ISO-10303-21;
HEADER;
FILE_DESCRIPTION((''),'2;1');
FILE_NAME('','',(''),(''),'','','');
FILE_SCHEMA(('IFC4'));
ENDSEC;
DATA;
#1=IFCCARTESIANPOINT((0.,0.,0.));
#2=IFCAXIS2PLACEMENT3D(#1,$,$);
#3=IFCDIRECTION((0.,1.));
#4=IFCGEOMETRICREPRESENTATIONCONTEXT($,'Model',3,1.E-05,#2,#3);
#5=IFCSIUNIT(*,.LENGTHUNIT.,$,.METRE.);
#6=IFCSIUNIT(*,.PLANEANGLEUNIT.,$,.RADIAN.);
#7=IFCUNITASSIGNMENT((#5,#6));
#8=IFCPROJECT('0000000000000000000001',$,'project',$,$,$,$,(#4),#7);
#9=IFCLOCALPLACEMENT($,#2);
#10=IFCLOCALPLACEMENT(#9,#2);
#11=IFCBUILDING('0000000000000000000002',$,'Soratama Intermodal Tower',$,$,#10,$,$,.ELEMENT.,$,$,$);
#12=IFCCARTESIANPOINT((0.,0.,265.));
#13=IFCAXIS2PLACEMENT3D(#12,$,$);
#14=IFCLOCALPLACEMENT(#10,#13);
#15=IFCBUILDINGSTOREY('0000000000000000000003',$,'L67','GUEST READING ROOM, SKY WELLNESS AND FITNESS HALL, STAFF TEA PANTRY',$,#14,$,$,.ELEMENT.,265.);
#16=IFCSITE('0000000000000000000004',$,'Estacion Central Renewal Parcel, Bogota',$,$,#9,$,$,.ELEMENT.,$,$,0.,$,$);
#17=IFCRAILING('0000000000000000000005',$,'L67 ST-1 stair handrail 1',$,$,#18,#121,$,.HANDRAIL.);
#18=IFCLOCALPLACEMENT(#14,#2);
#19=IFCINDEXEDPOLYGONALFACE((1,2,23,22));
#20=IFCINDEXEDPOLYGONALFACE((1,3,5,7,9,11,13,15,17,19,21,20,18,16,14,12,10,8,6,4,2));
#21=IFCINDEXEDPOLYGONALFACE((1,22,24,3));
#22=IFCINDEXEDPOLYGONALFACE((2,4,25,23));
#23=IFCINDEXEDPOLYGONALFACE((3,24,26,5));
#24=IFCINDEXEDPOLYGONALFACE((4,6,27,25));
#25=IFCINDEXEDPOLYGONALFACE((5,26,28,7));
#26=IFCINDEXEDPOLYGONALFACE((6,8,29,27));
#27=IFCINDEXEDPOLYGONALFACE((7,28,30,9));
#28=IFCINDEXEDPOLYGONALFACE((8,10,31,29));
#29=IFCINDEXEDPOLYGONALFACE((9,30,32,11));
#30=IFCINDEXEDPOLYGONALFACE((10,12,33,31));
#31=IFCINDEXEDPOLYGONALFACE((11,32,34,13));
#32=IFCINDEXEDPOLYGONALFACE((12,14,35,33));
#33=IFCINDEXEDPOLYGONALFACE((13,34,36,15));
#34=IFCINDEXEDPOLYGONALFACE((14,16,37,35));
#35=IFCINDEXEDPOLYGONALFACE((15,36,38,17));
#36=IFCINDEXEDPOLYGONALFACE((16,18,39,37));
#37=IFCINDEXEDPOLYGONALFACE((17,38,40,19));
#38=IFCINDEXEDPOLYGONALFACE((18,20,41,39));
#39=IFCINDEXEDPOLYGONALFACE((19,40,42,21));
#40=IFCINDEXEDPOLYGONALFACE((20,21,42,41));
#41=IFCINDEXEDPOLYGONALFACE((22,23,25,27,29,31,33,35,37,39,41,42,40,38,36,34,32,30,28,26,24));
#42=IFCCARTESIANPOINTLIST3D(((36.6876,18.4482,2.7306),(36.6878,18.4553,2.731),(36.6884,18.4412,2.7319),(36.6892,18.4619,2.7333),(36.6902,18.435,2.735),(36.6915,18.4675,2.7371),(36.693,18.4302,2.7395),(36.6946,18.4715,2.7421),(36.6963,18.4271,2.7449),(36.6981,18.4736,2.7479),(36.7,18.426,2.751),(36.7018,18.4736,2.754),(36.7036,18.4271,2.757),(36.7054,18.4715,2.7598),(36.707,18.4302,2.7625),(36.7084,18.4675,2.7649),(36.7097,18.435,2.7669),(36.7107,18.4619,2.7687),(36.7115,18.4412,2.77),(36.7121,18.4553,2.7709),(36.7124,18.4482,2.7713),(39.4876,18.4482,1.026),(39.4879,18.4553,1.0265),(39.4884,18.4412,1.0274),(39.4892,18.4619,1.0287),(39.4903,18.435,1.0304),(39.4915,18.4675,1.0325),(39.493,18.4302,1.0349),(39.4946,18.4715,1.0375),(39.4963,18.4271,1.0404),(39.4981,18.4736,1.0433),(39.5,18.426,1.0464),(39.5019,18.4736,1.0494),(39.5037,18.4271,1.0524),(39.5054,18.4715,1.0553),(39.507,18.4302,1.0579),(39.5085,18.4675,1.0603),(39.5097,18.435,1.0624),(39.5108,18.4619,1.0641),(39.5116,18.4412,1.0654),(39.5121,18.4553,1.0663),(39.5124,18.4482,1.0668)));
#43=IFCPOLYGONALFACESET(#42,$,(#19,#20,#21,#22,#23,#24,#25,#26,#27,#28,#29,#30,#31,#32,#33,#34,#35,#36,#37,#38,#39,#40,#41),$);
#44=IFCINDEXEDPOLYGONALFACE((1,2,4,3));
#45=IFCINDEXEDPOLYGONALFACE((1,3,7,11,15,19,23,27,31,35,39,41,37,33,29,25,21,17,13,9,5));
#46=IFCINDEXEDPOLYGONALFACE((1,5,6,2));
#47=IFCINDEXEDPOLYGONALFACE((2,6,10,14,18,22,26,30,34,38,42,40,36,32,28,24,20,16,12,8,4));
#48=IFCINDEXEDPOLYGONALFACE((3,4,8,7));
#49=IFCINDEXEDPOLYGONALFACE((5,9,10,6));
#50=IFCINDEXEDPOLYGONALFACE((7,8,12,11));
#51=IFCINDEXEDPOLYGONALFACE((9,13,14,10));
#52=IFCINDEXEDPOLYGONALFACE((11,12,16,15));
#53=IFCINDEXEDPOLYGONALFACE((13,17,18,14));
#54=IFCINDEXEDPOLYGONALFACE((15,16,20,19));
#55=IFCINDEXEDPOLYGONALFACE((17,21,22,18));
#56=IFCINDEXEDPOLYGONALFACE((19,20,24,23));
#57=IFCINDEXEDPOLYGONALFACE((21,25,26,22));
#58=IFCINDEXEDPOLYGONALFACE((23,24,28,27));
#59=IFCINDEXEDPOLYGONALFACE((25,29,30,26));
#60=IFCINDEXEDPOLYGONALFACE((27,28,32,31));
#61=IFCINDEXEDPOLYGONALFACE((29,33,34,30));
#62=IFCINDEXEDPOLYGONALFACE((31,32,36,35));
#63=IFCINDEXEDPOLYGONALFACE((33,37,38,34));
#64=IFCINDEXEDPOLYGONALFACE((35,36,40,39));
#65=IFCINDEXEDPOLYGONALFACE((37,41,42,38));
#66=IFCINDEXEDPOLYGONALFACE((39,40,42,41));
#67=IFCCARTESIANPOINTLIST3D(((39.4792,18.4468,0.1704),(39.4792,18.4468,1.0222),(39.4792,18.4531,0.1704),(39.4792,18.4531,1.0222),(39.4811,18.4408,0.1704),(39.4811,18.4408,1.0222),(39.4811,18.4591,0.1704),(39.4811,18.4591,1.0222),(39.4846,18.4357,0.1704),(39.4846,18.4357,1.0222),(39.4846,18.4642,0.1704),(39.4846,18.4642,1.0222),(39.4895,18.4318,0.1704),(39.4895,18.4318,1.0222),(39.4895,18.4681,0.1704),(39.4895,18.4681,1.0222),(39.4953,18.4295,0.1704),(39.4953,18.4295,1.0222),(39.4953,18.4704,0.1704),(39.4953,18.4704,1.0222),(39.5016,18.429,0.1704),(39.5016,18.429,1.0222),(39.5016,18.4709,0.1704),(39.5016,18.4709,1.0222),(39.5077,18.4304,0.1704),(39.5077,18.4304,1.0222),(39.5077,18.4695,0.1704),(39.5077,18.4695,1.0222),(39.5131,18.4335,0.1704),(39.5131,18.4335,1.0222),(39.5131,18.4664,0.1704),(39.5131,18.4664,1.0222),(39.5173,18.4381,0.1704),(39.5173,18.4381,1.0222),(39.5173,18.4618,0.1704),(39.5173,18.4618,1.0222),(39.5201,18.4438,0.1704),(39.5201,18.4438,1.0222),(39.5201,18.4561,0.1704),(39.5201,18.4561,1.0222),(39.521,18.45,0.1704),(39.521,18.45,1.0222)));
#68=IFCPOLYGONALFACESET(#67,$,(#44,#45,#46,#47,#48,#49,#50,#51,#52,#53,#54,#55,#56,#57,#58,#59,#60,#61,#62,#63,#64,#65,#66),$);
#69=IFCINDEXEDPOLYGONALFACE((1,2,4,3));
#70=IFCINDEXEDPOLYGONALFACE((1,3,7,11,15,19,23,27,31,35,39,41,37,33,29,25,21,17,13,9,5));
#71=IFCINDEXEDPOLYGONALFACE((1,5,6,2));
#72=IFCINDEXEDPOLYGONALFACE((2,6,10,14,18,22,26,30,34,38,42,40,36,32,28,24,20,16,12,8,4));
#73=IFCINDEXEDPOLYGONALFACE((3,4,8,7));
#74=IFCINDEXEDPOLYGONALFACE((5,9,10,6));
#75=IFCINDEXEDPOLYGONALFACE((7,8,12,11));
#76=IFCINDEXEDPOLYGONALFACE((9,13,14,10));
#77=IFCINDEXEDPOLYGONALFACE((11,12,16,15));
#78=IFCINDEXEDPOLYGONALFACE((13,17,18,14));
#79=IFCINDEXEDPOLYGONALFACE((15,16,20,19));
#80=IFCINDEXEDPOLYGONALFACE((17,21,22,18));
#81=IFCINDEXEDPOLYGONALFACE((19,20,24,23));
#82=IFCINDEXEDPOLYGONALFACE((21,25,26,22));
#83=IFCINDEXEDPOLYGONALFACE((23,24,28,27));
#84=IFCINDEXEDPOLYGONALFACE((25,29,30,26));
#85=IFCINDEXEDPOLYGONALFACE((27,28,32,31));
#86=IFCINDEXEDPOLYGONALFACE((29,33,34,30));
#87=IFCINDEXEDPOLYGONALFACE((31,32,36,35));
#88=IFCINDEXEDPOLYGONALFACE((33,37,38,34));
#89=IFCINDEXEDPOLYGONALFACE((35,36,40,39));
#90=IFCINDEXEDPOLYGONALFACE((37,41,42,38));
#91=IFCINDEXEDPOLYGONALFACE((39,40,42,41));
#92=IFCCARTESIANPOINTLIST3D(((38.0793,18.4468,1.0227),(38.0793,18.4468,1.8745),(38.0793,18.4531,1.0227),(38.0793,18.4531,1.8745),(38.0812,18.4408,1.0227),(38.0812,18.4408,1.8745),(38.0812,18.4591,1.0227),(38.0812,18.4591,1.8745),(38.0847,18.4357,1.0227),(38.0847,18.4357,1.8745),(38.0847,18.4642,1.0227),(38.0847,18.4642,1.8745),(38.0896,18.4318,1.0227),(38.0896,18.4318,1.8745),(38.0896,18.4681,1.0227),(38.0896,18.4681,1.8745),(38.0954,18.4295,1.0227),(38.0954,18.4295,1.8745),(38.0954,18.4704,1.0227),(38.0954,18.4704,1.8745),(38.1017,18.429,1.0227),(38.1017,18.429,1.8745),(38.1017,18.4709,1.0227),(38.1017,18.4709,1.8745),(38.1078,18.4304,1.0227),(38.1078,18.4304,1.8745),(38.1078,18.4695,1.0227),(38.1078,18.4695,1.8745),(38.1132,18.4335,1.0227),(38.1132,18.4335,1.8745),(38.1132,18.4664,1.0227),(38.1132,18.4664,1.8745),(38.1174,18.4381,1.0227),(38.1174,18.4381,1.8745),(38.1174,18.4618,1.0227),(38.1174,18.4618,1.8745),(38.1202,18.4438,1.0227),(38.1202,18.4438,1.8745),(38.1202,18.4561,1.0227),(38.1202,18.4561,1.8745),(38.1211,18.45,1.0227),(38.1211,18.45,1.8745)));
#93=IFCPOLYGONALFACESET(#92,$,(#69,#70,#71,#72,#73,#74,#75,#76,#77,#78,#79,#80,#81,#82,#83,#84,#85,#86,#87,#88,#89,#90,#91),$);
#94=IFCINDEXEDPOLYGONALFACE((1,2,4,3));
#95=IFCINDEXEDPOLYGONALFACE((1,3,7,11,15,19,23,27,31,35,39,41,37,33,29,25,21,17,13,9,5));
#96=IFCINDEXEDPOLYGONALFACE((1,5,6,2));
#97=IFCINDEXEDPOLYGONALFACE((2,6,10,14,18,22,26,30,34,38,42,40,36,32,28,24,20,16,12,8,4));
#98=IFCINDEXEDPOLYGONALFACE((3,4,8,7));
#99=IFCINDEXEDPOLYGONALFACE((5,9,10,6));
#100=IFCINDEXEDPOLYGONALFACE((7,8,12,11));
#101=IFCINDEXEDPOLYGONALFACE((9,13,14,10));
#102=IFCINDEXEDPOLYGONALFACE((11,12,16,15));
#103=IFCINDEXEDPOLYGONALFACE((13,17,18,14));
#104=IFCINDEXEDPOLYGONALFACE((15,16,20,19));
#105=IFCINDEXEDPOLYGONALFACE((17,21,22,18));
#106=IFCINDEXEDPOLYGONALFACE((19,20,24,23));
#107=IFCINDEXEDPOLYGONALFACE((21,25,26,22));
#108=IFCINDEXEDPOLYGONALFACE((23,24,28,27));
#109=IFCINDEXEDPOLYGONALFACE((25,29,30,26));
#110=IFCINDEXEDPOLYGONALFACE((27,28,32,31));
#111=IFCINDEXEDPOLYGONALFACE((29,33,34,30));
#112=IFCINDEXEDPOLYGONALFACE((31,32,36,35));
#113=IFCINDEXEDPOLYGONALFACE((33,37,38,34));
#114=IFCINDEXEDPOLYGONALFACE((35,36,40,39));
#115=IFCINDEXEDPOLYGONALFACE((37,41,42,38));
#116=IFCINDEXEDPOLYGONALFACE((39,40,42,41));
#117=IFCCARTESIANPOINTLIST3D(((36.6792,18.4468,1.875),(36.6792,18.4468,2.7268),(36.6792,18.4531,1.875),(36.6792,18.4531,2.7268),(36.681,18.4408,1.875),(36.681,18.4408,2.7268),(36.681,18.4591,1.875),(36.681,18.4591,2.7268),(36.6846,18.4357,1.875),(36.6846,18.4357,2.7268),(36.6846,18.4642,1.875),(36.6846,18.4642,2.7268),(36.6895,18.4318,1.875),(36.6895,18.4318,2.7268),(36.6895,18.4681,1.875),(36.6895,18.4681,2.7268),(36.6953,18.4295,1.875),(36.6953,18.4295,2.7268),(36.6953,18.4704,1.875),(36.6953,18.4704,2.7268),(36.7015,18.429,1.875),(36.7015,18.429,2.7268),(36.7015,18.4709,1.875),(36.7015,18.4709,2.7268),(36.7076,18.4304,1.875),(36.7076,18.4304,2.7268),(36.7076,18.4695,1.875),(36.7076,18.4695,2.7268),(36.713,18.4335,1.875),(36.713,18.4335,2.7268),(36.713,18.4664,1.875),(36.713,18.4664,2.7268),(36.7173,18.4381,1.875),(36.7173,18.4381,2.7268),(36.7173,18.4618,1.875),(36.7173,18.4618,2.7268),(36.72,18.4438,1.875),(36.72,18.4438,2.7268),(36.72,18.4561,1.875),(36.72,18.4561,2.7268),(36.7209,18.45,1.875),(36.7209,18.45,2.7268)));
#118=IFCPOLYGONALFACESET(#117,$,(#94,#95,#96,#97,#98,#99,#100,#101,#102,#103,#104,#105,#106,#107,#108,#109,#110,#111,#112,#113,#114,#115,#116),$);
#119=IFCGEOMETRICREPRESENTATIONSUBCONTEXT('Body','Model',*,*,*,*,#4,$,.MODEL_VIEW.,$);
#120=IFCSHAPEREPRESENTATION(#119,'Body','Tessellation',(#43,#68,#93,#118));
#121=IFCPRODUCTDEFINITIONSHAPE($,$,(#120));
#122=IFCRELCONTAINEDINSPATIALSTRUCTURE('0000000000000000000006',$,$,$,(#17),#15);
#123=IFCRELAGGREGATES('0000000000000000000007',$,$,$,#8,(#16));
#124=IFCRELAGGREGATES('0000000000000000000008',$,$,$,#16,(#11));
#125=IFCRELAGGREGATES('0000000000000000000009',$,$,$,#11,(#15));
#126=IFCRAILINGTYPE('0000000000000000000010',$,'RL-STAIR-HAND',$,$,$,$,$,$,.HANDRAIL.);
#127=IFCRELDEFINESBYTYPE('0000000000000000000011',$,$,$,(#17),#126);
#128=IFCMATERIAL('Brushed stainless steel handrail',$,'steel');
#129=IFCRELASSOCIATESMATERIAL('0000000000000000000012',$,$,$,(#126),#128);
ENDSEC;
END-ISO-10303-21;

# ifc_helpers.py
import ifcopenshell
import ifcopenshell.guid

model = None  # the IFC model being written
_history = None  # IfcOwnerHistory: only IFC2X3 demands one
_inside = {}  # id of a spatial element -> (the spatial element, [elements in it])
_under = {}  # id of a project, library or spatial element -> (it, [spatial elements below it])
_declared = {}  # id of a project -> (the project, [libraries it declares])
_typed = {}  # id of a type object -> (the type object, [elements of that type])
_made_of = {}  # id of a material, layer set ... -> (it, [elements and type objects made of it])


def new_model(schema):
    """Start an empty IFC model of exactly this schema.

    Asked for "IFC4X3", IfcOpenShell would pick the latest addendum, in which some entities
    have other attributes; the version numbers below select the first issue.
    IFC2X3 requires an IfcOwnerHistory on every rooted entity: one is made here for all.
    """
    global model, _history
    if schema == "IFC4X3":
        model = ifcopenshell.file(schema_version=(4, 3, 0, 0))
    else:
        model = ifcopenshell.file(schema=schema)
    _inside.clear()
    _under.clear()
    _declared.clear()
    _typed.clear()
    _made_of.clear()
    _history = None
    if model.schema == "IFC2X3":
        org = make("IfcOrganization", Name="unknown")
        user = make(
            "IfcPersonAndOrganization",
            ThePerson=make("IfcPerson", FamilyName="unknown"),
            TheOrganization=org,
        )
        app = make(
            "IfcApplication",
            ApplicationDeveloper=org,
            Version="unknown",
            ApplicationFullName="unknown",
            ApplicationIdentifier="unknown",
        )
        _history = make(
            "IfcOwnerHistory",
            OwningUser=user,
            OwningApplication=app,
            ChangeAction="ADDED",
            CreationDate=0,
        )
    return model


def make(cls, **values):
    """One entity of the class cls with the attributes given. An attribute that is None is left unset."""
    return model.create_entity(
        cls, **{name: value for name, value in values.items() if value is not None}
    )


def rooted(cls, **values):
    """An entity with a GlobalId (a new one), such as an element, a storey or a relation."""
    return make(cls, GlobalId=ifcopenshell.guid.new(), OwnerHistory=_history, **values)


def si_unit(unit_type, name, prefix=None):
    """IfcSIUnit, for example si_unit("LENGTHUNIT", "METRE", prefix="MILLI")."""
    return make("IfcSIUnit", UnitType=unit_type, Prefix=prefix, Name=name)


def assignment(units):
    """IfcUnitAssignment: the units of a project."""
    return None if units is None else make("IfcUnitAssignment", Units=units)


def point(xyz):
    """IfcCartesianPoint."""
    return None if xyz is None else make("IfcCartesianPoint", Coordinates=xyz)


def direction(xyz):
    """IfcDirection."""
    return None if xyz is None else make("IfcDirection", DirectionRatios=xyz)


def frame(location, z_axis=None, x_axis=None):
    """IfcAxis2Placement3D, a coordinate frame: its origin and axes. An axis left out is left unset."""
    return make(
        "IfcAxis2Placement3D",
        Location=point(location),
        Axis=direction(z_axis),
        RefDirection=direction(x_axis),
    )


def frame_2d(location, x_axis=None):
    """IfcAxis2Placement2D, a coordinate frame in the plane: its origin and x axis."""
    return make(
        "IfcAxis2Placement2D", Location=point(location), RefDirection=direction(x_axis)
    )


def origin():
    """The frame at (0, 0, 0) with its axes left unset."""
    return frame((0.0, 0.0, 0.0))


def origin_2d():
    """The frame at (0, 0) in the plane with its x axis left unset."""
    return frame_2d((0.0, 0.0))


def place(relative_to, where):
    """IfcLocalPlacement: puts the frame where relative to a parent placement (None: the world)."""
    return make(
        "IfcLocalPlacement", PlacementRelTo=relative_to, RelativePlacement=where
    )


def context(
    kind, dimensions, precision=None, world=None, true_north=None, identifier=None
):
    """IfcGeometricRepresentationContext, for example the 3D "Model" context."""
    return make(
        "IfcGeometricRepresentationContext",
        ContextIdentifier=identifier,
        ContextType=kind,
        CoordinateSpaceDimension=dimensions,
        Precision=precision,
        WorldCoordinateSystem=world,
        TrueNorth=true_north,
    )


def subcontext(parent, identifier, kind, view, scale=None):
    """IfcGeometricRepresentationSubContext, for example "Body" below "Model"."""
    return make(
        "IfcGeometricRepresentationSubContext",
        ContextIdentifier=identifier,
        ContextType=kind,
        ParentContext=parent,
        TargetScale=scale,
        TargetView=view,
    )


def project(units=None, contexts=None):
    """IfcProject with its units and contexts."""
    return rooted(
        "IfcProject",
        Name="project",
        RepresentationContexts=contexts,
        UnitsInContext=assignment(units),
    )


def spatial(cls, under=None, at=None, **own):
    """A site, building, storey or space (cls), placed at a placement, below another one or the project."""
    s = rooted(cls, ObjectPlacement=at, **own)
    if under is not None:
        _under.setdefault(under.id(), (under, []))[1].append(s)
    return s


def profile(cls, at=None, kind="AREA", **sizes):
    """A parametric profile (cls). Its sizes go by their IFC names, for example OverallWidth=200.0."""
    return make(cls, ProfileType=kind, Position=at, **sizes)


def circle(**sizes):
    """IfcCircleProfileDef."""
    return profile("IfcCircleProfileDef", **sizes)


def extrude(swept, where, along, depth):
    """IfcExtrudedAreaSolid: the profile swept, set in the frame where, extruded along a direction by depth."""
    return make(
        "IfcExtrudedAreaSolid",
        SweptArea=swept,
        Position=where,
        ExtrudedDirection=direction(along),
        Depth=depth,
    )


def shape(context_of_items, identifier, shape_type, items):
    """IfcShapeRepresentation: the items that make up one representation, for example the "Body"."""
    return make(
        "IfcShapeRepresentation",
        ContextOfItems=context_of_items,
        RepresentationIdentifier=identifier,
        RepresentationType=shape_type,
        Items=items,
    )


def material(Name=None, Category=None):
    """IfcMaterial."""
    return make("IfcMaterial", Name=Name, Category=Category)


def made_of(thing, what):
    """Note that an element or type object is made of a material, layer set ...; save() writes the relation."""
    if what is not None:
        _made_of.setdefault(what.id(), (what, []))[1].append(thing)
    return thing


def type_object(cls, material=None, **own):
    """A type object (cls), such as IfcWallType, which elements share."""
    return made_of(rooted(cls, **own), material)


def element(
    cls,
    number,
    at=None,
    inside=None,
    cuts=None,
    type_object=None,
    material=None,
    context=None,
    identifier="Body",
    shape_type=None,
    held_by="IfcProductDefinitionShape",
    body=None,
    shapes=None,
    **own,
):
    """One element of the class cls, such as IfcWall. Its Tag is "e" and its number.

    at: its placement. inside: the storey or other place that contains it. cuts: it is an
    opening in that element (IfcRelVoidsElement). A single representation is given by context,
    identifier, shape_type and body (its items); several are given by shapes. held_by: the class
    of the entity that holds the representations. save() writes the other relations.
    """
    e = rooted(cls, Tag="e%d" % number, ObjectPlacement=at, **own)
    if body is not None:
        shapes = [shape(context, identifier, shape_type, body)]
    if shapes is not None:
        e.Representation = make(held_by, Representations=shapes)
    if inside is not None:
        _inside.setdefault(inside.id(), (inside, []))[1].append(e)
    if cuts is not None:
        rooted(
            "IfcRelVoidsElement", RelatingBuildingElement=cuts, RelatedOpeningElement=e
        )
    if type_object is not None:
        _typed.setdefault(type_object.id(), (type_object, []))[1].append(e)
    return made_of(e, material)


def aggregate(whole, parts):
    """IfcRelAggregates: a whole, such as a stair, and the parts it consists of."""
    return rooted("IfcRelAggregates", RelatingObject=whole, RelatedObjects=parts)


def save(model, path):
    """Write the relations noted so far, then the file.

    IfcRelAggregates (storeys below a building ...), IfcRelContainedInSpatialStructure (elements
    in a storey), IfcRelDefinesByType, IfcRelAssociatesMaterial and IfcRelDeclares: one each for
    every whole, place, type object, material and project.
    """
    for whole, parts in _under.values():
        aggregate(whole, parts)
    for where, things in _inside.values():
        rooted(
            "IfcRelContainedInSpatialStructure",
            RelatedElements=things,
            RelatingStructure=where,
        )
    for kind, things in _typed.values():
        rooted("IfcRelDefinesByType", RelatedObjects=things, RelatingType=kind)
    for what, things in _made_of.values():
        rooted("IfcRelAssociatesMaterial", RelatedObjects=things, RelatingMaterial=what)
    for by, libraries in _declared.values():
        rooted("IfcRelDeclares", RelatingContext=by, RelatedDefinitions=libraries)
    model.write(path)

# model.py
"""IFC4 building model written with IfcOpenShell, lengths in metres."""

from ifc_helpers import new_model, si_unit, direction, frame, origin, origin_2d, place, context, subcontext, project, spatial, circle, extrude, material, type_object, element, save


model = new_model("IFC4")

# Units and contexts
model_context = context("Model", 3, precision=1e-05, world=origin(), true_north=direction((0.0, 1.0)))
body_context = subcontext(model_context, "Body", "Model", "MODEL_VIEW")
ifc_project = project(units=[si_unit("LENGTHUNIT", "METRE"), si_unit("PLANEANGLEUNIT", "RADIAN")], contexts=[model_context])

# Site, building, storey
site_placement = place(None, origin())
site = spatial("IfcSite", under=ifc_project, at=site_placement, Name="Estacion Central Renewal Parcel, Bogota", CompositionType="ELEMENT", RefElevation=0.0)
building_placement = place(site_placement, origin())
building = spatial("IfcBuilding", under=site, at=building_placement, Name="Soratama Intermodal Tower", CompositionType="ELEMENT")
storey_placement = place(building_placement, frame((0.0, 0.0, 265.0)))
storey = spatial("IfcBuildingStorey", under=building, at=storey_placement, Name="L67", Description="GUEST READING ROOM, SKY WELLNESS AND FITNESS HALL, STAFF TEA PANTRY", CompositionType="ELEMENT", Elevation=265.0)

# Railing
ifc_material_1 = material(Name="Brushed stainless steel handrail", Category="steel")
railing_type_1 = type_object("IfcRailingType", Name="RL-STAIR-HAND", PredefinedType="HANDRAIL", material=ifc_material_1)
railing_1_placement = place(storey_placement, frame((39.5, 18.45, 0.1704)))
element("IfcRailing", 1, at=railing_1_placement, inside=storey, type_object=railing_type_1, Name="L67 ST-1 stair handrail 1", PredefinedType="HANDRAIL", context=body_context, shape_type="SweptSolid", body=[
    extrude(circle(Radius=0.0239, at=origin_2d()), frame((0.0, 0.0, 0.876), z_axis=(-0.85417, 0.0, 0.519994), x_axis=(0.0, -1.0, 0.0)), (0.0, 0.0, 1.0), 3.2781),
    extrude(circle(Radius=0.021, at=origin_2d()), origin(), (0.0, 0.0, 1.0), 0.8518),
    extrude(circle(Radius=0.021, at=origin_2d()), frame((-1.3999, 0.0, 0.8523)), (0.0, 0.0, 1.0), 0.8518),
    extrude(circle(Radius=0.021, at=origin_2d()), frame((-2.8, 0.0, 1.7046)), (0.0, 0.0, 1.0), 0.8518),
])

save(model, "model.ifc")
